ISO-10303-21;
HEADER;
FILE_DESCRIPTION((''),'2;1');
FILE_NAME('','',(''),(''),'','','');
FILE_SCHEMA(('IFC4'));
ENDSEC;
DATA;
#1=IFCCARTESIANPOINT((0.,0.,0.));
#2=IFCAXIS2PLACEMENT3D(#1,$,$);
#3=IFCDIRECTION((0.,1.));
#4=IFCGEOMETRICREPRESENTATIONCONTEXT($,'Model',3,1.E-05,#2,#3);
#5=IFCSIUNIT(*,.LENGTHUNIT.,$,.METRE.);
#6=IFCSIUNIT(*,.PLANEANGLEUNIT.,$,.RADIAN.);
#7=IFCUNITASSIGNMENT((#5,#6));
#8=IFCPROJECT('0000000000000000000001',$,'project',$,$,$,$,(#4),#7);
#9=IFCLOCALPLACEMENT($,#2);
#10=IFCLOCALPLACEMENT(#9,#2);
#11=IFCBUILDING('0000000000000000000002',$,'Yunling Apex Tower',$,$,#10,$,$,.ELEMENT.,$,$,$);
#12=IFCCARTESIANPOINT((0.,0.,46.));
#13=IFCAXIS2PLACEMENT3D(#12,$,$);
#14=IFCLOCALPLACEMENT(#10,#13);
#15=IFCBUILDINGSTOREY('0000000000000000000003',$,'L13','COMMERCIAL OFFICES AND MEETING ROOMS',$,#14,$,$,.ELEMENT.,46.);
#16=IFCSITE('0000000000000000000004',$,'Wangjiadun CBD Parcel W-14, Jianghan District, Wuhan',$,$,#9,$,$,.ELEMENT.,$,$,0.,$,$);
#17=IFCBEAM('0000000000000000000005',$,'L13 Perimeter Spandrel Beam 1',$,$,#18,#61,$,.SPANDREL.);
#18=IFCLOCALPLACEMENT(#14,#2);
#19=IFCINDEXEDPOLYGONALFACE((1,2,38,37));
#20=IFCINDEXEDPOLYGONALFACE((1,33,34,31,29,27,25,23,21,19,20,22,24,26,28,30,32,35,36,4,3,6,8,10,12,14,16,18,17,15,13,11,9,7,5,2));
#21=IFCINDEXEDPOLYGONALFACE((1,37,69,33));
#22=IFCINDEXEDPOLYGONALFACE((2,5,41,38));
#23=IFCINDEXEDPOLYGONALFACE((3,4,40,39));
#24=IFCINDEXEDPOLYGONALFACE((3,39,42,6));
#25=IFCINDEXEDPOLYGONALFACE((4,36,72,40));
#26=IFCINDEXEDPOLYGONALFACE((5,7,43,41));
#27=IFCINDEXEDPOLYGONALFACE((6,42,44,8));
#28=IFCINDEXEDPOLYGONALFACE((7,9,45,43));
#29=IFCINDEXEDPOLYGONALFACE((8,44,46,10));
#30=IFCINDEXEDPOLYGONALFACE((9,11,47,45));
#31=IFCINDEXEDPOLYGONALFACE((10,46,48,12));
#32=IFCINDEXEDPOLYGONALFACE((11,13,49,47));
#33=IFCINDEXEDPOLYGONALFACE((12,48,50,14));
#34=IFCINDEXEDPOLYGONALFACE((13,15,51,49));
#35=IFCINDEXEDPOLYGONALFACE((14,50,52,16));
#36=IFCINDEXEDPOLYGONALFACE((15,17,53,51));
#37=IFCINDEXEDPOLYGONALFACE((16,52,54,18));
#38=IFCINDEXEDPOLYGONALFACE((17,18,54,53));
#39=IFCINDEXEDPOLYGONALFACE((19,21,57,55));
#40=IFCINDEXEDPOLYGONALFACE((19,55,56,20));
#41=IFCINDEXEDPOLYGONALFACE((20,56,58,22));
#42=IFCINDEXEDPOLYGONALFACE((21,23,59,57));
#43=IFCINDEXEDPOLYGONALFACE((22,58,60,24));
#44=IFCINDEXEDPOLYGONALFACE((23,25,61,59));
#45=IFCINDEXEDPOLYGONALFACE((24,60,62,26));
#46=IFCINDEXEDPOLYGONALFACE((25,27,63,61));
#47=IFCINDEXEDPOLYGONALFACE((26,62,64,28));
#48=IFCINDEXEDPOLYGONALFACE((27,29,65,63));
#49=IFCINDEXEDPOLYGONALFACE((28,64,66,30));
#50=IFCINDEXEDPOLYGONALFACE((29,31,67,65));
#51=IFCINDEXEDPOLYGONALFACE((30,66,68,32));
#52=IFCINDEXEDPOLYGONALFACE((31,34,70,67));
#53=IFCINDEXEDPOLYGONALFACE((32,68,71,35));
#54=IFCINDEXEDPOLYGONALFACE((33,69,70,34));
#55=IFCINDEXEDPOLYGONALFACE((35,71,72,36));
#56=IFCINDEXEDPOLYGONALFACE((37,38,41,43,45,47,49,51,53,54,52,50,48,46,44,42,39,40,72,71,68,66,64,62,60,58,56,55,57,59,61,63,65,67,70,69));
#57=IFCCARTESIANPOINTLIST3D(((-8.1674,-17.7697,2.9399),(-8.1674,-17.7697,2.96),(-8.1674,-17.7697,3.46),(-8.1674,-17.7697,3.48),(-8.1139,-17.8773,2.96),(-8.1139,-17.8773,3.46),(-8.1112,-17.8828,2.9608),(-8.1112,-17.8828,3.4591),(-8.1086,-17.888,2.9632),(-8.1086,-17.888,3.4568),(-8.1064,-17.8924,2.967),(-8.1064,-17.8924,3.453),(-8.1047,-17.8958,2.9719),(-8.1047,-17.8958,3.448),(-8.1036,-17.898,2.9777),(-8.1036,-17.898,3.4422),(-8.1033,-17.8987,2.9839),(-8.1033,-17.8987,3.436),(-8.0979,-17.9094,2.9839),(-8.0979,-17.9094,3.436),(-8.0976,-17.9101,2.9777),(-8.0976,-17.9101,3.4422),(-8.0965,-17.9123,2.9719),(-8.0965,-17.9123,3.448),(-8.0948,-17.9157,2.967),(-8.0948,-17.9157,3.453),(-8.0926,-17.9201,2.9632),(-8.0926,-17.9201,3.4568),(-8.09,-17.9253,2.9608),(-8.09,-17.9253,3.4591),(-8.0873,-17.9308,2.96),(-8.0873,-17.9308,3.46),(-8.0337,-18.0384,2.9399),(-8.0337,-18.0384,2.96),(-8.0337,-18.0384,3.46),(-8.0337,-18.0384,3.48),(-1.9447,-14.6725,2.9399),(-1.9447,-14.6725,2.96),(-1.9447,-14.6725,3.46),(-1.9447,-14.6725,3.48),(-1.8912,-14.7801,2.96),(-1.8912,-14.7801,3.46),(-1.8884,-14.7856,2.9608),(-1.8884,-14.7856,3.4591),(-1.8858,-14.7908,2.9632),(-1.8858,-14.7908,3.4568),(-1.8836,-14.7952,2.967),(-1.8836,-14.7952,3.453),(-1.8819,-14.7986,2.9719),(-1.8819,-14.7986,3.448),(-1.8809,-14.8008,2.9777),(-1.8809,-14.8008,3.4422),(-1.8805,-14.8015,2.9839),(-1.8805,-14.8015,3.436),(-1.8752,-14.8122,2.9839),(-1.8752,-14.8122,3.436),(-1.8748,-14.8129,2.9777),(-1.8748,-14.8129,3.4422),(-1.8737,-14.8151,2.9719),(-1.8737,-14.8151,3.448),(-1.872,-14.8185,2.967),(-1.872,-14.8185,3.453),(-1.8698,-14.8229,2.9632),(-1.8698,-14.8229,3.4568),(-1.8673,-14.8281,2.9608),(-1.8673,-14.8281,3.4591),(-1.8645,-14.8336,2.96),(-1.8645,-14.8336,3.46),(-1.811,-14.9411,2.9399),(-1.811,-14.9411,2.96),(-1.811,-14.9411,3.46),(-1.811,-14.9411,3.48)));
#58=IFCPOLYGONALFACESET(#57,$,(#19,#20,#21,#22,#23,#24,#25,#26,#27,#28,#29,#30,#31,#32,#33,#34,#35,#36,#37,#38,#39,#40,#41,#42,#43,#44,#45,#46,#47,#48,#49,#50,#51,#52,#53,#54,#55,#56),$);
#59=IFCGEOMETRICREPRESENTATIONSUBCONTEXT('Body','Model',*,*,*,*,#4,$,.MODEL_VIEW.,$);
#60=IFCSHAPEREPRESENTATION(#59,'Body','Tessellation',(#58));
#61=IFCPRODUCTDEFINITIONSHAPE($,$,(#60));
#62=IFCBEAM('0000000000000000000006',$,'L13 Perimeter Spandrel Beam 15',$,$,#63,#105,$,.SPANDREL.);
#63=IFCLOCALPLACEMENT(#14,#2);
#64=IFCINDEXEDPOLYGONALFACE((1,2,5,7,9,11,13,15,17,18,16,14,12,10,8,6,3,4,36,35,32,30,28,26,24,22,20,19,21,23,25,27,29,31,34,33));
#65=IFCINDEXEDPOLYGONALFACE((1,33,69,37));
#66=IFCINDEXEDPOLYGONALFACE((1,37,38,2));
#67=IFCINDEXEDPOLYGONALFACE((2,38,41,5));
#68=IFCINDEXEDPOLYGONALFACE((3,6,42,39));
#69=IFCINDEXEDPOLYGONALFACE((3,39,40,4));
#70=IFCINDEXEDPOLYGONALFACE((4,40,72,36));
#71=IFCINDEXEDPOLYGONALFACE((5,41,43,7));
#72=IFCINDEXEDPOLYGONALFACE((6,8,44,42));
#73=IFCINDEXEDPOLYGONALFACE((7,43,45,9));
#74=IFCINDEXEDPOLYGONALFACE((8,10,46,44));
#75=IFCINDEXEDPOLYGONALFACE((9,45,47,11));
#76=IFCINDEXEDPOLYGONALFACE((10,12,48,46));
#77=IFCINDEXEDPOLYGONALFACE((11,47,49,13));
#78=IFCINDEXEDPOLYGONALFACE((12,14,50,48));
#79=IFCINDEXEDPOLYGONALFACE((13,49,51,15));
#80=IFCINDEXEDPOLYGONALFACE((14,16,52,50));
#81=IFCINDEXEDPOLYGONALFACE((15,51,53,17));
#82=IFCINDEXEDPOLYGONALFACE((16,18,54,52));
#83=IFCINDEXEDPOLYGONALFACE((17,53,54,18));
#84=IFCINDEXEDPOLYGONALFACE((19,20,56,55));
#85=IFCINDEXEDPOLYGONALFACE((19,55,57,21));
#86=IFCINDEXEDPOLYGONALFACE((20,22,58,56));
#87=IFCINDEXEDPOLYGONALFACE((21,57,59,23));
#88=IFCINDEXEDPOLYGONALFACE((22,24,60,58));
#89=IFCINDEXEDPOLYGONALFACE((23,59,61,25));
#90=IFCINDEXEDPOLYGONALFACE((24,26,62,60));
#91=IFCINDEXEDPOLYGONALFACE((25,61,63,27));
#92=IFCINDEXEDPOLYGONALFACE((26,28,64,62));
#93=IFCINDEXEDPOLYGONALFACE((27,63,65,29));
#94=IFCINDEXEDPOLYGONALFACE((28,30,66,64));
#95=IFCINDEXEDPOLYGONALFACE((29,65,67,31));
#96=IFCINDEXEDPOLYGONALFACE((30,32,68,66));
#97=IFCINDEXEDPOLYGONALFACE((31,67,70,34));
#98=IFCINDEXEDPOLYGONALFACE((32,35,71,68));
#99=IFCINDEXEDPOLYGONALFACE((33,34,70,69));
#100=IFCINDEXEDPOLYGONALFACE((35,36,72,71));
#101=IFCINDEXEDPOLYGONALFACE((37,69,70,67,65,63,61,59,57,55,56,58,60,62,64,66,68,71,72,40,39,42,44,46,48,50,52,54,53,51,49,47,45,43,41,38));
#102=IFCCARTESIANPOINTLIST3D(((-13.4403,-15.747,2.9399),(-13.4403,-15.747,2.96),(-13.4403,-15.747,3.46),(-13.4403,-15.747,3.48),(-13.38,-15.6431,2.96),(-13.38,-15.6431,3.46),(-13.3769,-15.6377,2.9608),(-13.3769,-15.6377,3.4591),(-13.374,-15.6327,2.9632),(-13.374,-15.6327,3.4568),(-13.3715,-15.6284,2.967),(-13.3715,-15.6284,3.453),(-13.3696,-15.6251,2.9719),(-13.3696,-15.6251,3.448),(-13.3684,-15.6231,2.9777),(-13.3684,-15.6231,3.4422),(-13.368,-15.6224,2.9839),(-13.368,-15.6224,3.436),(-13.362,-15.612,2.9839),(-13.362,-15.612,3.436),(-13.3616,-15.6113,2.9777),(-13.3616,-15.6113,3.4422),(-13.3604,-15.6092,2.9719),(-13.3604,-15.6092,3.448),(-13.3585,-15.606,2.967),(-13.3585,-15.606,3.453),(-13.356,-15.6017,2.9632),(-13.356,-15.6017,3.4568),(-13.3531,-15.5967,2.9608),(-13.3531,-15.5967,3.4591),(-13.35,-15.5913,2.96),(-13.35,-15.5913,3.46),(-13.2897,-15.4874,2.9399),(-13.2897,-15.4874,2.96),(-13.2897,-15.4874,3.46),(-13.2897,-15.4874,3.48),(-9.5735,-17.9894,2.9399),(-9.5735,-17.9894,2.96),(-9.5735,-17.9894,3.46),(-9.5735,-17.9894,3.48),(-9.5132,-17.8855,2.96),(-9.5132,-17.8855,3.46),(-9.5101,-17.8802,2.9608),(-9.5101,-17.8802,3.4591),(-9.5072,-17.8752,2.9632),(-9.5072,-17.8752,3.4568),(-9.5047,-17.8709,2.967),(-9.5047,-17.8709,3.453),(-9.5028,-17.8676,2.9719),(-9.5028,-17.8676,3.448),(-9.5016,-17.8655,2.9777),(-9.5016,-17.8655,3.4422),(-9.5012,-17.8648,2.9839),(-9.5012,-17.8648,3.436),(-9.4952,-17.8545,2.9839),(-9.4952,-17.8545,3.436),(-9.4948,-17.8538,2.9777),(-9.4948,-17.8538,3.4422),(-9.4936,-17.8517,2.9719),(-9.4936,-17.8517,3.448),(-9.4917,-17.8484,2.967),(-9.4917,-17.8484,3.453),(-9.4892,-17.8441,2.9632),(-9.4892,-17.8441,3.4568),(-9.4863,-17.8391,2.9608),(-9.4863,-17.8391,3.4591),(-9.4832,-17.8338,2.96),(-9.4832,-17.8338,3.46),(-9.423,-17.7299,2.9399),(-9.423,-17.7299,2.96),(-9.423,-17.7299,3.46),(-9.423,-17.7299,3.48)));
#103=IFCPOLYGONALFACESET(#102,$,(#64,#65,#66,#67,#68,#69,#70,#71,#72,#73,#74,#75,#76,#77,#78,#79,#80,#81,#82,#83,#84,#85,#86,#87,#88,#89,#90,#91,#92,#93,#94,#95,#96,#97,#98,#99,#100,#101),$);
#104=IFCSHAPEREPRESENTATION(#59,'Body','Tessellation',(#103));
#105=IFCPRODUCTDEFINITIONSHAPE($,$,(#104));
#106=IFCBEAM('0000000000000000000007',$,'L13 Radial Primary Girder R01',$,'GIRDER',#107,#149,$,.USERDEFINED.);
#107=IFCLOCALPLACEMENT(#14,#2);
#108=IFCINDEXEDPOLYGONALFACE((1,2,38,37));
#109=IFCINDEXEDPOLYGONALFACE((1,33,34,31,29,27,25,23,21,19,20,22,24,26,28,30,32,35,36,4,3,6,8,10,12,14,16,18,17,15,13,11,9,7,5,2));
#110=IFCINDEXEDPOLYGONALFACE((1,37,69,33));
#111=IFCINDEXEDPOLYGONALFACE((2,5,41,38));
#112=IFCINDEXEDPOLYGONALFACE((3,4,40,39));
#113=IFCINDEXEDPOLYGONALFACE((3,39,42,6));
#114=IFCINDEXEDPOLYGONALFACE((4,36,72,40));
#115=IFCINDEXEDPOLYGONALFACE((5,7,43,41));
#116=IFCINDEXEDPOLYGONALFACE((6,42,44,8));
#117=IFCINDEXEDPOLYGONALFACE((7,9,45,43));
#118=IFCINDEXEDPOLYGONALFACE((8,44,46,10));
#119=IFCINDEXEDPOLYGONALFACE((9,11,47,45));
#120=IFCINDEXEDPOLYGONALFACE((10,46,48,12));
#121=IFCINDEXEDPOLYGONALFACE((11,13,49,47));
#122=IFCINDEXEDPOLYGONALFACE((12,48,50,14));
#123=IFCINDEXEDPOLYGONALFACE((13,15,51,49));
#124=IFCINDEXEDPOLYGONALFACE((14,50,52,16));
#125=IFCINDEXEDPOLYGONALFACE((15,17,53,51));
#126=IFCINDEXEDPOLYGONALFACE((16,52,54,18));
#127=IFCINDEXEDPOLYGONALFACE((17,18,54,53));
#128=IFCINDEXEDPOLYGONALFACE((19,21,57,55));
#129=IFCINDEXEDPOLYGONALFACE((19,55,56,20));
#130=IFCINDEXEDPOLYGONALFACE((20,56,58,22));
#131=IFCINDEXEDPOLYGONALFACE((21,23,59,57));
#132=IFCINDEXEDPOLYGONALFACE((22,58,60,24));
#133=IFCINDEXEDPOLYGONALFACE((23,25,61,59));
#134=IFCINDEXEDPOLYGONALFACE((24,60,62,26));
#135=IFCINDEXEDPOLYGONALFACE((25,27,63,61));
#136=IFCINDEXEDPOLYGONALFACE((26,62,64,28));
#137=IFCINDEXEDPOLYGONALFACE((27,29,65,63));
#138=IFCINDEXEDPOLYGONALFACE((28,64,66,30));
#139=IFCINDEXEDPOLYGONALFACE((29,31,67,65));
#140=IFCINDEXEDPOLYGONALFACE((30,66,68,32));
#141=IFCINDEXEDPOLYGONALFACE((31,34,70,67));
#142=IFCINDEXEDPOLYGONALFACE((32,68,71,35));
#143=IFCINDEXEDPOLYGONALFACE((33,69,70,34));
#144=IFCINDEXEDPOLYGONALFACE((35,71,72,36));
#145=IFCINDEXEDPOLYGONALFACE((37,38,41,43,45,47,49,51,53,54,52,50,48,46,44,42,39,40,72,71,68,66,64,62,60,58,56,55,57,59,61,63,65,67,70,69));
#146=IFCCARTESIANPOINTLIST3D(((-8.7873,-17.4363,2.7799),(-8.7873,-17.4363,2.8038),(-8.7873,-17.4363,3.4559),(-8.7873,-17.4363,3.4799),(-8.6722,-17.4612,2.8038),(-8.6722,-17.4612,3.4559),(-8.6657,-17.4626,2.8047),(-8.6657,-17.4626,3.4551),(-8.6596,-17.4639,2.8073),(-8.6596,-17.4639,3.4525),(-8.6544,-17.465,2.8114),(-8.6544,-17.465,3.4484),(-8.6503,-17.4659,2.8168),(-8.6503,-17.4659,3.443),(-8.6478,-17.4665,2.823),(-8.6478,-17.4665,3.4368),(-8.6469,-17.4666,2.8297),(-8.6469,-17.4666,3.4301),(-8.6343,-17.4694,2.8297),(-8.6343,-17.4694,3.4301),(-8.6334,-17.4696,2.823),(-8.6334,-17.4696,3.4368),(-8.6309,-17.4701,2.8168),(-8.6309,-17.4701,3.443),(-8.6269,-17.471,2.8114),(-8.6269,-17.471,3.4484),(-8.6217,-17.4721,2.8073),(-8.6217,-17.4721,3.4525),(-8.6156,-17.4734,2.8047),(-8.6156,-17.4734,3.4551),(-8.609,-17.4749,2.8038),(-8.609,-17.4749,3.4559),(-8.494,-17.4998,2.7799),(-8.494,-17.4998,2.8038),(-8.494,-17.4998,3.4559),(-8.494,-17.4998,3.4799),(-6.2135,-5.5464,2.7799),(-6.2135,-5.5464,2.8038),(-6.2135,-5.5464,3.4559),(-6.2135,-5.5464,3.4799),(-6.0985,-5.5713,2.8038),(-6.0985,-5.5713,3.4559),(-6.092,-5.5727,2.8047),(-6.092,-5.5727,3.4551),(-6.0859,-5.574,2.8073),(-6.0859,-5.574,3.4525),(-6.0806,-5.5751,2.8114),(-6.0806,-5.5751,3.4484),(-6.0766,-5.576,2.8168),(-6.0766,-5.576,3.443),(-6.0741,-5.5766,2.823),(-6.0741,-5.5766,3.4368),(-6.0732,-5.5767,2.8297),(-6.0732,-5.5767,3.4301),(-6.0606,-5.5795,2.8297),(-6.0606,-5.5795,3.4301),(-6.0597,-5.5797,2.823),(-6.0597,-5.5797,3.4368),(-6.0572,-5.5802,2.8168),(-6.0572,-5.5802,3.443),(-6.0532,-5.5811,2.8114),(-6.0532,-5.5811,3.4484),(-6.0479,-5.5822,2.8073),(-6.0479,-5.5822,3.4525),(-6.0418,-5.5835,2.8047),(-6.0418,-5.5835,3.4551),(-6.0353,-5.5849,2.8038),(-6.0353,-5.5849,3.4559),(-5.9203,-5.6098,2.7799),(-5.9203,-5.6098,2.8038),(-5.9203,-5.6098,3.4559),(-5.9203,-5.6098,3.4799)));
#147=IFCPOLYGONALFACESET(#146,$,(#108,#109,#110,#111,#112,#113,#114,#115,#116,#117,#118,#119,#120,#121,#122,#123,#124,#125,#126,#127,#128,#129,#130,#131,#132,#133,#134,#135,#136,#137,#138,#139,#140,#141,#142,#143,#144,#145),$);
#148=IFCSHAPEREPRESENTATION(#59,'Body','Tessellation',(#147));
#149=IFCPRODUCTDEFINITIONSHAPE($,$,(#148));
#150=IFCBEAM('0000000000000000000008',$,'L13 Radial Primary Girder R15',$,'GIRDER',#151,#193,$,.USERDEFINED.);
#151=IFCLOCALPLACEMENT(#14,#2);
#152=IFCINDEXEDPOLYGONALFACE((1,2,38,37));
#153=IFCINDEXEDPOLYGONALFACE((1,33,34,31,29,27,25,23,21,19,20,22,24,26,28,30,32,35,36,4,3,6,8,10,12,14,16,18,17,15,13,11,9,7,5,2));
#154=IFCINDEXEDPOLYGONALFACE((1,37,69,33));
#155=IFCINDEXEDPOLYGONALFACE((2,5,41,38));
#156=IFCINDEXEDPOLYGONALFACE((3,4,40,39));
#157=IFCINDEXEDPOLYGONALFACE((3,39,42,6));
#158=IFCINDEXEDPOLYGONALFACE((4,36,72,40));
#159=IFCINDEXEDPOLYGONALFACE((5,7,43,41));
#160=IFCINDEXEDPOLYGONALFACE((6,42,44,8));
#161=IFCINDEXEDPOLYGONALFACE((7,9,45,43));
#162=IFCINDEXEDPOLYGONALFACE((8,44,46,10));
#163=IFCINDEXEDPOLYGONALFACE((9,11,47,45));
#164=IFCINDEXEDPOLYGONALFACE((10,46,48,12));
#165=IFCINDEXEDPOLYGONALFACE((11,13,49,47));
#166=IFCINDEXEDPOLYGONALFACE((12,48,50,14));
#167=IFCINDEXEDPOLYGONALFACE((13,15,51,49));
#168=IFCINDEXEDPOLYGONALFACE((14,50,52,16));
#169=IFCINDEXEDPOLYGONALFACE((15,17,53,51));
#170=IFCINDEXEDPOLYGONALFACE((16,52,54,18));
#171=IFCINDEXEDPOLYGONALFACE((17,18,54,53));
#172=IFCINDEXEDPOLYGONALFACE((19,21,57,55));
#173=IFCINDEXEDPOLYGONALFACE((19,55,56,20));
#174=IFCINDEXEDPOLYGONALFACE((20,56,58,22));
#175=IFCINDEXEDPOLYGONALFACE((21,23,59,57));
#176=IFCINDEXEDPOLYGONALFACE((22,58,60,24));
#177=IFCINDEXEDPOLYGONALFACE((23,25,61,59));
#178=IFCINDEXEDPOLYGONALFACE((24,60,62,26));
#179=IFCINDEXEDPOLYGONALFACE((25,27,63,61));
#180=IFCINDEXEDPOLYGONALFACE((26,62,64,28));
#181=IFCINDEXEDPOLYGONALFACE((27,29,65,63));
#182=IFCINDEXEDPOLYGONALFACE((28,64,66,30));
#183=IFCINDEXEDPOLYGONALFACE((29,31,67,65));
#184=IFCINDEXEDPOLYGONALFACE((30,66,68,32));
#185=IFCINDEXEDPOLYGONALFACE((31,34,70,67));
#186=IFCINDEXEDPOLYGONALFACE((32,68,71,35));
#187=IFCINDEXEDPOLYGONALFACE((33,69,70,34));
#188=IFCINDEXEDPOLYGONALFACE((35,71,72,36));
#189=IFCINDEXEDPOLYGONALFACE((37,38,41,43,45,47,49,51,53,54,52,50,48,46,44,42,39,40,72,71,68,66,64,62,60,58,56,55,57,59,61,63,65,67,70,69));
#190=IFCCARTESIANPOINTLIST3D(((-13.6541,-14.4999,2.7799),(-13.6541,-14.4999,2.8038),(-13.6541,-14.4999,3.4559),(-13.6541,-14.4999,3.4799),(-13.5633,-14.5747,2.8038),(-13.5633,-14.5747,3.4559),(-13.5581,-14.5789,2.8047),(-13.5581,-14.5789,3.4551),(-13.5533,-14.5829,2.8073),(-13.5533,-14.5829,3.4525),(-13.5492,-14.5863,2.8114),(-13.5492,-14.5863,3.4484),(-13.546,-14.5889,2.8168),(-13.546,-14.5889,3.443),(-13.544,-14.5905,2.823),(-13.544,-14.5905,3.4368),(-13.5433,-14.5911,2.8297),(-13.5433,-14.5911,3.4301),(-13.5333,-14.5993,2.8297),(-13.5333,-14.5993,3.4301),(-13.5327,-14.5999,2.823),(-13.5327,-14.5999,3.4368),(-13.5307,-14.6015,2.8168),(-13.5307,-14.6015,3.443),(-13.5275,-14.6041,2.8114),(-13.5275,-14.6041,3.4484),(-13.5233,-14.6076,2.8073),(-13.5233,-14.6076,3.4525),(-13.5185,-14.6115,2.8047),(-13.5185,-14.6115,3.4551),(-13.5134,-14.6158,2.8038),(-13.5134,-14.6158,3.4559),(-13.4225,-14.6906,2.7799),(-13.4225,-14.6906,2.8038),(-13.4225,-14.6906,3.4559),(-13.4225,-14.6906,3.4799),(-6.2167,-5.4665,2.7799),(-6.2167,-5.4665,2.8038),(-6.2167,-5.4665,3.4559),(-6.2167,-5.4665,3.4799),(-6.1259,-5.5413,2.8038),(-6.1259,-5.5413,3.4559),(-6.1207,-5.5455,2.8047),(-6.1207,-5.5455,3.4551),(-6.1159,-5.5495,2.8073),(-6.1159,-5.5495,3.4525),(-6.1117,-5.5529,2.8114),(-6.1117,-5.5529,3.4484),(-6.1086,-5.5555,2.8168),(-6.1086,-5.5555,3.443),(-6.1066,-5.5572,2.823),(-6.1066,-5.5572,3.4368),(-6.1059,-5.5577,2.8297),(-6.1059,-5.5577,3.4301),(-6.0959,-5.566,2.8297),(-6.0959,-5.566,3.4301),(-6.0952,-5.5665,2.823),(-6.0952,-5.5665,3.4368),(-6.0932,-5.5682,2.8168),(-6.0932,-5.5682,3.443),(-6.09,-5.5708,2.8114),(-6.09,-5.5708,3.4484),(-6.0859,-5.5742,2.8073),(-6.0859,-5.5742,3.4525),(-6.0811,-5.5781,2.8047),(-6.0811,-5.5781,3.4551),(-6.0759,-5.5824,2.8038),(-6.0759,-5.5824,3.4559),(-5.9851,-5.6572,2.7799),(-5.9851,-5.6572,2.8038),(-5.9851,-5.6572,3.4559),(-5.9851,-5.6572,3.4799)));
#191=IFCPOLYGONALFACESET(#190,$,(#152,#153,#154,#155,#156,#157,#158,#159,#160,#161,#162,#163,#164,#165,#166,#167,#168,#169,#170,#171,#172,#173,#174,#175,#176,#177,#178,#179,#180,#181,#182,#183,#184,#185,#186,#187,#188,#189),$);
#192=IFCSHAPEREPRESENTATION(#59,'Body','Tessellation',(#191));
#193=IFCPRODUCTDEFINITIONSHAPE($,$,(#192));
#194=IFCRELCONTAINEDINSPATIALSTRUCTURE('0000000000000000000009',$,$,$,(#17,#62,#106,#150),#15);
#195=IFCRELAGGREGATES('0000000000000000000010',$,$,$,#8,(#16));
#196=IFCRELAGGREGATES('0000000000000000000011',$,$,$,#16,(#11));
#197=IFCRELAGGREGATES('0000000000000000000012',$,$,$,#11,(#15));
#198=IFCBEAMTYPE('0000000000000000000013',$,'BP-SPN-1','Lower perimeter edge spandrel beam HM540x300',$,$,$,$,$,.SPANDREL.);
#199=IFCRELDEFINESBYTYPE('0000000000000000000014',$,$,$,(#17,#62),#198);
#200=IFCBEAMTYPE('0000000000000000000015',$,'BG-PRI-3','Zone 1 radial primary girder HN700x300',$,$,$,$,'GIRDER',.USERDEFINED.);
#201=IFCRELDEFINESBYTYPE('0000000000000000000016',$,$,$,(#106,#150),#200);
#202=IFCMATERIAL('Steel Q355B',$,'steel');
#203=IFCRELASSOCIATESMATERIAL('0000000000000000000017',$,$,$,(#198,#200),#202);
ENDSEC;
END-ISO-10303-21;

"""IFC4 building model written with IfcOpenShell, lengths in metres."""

from ifc_helpers import new_model, si_unit, direction, frame, origin, origin_2d, place, context, subcontext, project, spatial, i_section, extrude, source, transform, mapped, material, material_profile, profile_set, type_object, element, save


model = new_model("IFC4")

# Units and contexts
model_context = context("Model", 3, precision=1e-05, world=origin(), true_north=direction((0.0, 1.0)))
body_context = subcontext(model_context, "Body", "Model", "MODEL_VIEW")
ifc_project = project(units=[si_unit("LENGTHUNIT", "METRE"), si_unit("PLANEANGLEUNIT", "RADIAN")], contexts=[model_context])

# Site, building, storey
site_placement = place(None, origin())
site = spatial("IfcSite", under=ifc_project, at=site_placement, Name="Wangjiadun CBD Parcel W-14, Jianghan District, Wuhan", CompositionType="ELEMENT", RefElevation=0.0)
building_placement = place(site_placement, origin())
building = spatial("IfcBuilding", under=site, at=building_placement, Name="Yunling Apex Tower", CompositionType="ELEMENT")
storey_placement = place(building_placement, frame((0.0, 0.0, 46.0)))
storey = spatial("IfcBuildingStorey", under=building, at=storey_placement, Name="L13", Description="COMMERCIAL OFFICES AND MEETING ROOMS", CompositionType="ELEMENT", Elevation=46.0)

# Beams
ifc_material_1 = material(Name="Steel Q355B", Category="steel")
ifc_material_profile_1 = material_profile(ifc_material_1, i_section(OverallWidth=0.3, OverallDepth=0.54, WebThickness=0.012, FlangeThickness=0.02, FilletRadius=0.0239, at=origin_2d()))
ifc_profile_set_1 = profile_set([ifc_material_profile_1], Name="Steel Q355B")
beam_type_1 = type_object("IfcBeamType", Name="BP-SPN-1", Description="Lower perimeter edge spandrel beam HM540x300", PredefinedType="SPANDREL", material=ifc_profile_set_1)
shared_shape_1 = source(origin(), body_context, "Body", "SweptSolid", [
    extrude(i_section(OverallWidth=0.3, OverallDepth=0.54, WebThickness=0.012, FlangeThickness=0.02, FilletRadius=0.0239, at=origin_2d()), origin(), (0.0, 0.0, 1.0), 6.9509),
])
beam_1_placement = place(storey_placement, frame((-8.1006, -17.9041, 3.21), z_axis=(0.895241, 0.445583, 0.0), x_axis=(-0.445583, 0.895241, 0.0)))
element("IfcBeam", 1, at=beam_1_placement, inside=storey, type_object=beam_type_1, Name="L13 Perimeter Spandrel Beam 1", PredefinedType="SPANDREL", context=body_context, shape_type="MappedRepresentation", body=[
    mapped(shared_shape_1, transform((0.0, 0.0, 0.0), scale=1.0)),
])
shared_shape_2 = source(origin(), body_context, "Body", "SweptSolid", [
    extrude(i_section(OverallWidth=0.3, OverallDepth=0.54, WebThickness=0.012, FlangeThickness=0.02, FilletRadius=0.0239, at=origin_2d()), origin(), (0.0, 0.0, 1.0), 4.47),
])
beam_2_placement = place(storey_placement, frame((-13.365, -15.6172, 3.21), z_axis=(0.865056, -0.501676, 0.0), x_axis=(0.501676, 0.865056, 0.0)))
element("IfcBeam", 2, at=beam_2_placement, inside=storey, type_object=beam_type_1, Name="L13 Perimeter Spandrel Beam 15", PredefinedType="SPANDREL", context=body_context, shape_type="MappedRepresentation", body=[
    mapped(shared_shape_2, transform((0.0, 0.0, 0.0), scale=1.0)),
])
ifc_material_profile_2 = material_profile(ifc_material_1, i_section(OverallWidth=0.3, OverallDepth=0.7, WebThickness=0.0129, FlangeThickness=0.0239, FilletRadius=0.0259, at=origin_2d()))
ifc_profile_set_2 = profile_set([ifc_material_profile_2], Name="Steel Q355B")
beam_type_2 = type_object("IfcBeamType", Name="BG-PRI-3", Description="Zone 1 radial primary girder HN700x300", ElementType="GIRDER", PredefinedType="USERDEFINED", material=ifc_profile_set_2)
shared_shape_3 = source(origin(), body_context, "Body", "SweptSolid", [
    extrude(i_section(OverallWidth=0.3, OverallDepth=0.7, WebThickness=0.0129, FlangeThickness=0.0239, FilletRadius=0.0259, at=origin_2d()), origin(), (0.0, 0.0, 1.0), 12.1653),
])
beam_3_placement = place(storey_placement, frame((-8.6406, -17.468, 3.1299), z_axis=(0.211564, 0.977364, 0.0), x_axis=(-0.977364, 0.211564, 0.0)))
element("IfcBeam", 3, at=beam_3_placement, inside=storey, type_object=beam_type_2, Name="L13 Radial Primary Girder R01", ObjectType="GIRDER", PredefinedType="USERDEFINED", context=body_context, shape_type="MappedRepresentation", body=[
    mapped(shared_shape_3, transform((0.0, 0.0, 0.0), scale=1.0)),
])
shared_shape_4 = source(origin(), body_context, "Body", "SweptSolid", [
    extrude(i_section(OverallWidth=0.3, OverallDepth=0.7, WebThickness=0.0129, FlangeThickness=0.0239, FilletRadius=0.0259, at=origin_2d()), origin(), (0.0, 0.0, 1.0), 11.7012),
])
beam_4_placement = place(storey_placement, frame((-13.5383, -14.5952, 3.1299), z_axis=(0.635615, 0.772006, 0.0), x_axis=(-0.772006, 0.635615, 0.0)))
element("IfcBeam", 4, at=beam_4_placement, inside=storey, type_object=beam_type_2, Name="L13 Radial Primary Girder R15", ObjectType="GIRDER", PredefinedType="USERDEFINED", context=body_context, shape_type="MappedRepresentation", body=[
    mapped(shared_shape_4, transform((0.0, 0.0, 0.0), scale=1.0)),
])

save(model, "model.ifc")
